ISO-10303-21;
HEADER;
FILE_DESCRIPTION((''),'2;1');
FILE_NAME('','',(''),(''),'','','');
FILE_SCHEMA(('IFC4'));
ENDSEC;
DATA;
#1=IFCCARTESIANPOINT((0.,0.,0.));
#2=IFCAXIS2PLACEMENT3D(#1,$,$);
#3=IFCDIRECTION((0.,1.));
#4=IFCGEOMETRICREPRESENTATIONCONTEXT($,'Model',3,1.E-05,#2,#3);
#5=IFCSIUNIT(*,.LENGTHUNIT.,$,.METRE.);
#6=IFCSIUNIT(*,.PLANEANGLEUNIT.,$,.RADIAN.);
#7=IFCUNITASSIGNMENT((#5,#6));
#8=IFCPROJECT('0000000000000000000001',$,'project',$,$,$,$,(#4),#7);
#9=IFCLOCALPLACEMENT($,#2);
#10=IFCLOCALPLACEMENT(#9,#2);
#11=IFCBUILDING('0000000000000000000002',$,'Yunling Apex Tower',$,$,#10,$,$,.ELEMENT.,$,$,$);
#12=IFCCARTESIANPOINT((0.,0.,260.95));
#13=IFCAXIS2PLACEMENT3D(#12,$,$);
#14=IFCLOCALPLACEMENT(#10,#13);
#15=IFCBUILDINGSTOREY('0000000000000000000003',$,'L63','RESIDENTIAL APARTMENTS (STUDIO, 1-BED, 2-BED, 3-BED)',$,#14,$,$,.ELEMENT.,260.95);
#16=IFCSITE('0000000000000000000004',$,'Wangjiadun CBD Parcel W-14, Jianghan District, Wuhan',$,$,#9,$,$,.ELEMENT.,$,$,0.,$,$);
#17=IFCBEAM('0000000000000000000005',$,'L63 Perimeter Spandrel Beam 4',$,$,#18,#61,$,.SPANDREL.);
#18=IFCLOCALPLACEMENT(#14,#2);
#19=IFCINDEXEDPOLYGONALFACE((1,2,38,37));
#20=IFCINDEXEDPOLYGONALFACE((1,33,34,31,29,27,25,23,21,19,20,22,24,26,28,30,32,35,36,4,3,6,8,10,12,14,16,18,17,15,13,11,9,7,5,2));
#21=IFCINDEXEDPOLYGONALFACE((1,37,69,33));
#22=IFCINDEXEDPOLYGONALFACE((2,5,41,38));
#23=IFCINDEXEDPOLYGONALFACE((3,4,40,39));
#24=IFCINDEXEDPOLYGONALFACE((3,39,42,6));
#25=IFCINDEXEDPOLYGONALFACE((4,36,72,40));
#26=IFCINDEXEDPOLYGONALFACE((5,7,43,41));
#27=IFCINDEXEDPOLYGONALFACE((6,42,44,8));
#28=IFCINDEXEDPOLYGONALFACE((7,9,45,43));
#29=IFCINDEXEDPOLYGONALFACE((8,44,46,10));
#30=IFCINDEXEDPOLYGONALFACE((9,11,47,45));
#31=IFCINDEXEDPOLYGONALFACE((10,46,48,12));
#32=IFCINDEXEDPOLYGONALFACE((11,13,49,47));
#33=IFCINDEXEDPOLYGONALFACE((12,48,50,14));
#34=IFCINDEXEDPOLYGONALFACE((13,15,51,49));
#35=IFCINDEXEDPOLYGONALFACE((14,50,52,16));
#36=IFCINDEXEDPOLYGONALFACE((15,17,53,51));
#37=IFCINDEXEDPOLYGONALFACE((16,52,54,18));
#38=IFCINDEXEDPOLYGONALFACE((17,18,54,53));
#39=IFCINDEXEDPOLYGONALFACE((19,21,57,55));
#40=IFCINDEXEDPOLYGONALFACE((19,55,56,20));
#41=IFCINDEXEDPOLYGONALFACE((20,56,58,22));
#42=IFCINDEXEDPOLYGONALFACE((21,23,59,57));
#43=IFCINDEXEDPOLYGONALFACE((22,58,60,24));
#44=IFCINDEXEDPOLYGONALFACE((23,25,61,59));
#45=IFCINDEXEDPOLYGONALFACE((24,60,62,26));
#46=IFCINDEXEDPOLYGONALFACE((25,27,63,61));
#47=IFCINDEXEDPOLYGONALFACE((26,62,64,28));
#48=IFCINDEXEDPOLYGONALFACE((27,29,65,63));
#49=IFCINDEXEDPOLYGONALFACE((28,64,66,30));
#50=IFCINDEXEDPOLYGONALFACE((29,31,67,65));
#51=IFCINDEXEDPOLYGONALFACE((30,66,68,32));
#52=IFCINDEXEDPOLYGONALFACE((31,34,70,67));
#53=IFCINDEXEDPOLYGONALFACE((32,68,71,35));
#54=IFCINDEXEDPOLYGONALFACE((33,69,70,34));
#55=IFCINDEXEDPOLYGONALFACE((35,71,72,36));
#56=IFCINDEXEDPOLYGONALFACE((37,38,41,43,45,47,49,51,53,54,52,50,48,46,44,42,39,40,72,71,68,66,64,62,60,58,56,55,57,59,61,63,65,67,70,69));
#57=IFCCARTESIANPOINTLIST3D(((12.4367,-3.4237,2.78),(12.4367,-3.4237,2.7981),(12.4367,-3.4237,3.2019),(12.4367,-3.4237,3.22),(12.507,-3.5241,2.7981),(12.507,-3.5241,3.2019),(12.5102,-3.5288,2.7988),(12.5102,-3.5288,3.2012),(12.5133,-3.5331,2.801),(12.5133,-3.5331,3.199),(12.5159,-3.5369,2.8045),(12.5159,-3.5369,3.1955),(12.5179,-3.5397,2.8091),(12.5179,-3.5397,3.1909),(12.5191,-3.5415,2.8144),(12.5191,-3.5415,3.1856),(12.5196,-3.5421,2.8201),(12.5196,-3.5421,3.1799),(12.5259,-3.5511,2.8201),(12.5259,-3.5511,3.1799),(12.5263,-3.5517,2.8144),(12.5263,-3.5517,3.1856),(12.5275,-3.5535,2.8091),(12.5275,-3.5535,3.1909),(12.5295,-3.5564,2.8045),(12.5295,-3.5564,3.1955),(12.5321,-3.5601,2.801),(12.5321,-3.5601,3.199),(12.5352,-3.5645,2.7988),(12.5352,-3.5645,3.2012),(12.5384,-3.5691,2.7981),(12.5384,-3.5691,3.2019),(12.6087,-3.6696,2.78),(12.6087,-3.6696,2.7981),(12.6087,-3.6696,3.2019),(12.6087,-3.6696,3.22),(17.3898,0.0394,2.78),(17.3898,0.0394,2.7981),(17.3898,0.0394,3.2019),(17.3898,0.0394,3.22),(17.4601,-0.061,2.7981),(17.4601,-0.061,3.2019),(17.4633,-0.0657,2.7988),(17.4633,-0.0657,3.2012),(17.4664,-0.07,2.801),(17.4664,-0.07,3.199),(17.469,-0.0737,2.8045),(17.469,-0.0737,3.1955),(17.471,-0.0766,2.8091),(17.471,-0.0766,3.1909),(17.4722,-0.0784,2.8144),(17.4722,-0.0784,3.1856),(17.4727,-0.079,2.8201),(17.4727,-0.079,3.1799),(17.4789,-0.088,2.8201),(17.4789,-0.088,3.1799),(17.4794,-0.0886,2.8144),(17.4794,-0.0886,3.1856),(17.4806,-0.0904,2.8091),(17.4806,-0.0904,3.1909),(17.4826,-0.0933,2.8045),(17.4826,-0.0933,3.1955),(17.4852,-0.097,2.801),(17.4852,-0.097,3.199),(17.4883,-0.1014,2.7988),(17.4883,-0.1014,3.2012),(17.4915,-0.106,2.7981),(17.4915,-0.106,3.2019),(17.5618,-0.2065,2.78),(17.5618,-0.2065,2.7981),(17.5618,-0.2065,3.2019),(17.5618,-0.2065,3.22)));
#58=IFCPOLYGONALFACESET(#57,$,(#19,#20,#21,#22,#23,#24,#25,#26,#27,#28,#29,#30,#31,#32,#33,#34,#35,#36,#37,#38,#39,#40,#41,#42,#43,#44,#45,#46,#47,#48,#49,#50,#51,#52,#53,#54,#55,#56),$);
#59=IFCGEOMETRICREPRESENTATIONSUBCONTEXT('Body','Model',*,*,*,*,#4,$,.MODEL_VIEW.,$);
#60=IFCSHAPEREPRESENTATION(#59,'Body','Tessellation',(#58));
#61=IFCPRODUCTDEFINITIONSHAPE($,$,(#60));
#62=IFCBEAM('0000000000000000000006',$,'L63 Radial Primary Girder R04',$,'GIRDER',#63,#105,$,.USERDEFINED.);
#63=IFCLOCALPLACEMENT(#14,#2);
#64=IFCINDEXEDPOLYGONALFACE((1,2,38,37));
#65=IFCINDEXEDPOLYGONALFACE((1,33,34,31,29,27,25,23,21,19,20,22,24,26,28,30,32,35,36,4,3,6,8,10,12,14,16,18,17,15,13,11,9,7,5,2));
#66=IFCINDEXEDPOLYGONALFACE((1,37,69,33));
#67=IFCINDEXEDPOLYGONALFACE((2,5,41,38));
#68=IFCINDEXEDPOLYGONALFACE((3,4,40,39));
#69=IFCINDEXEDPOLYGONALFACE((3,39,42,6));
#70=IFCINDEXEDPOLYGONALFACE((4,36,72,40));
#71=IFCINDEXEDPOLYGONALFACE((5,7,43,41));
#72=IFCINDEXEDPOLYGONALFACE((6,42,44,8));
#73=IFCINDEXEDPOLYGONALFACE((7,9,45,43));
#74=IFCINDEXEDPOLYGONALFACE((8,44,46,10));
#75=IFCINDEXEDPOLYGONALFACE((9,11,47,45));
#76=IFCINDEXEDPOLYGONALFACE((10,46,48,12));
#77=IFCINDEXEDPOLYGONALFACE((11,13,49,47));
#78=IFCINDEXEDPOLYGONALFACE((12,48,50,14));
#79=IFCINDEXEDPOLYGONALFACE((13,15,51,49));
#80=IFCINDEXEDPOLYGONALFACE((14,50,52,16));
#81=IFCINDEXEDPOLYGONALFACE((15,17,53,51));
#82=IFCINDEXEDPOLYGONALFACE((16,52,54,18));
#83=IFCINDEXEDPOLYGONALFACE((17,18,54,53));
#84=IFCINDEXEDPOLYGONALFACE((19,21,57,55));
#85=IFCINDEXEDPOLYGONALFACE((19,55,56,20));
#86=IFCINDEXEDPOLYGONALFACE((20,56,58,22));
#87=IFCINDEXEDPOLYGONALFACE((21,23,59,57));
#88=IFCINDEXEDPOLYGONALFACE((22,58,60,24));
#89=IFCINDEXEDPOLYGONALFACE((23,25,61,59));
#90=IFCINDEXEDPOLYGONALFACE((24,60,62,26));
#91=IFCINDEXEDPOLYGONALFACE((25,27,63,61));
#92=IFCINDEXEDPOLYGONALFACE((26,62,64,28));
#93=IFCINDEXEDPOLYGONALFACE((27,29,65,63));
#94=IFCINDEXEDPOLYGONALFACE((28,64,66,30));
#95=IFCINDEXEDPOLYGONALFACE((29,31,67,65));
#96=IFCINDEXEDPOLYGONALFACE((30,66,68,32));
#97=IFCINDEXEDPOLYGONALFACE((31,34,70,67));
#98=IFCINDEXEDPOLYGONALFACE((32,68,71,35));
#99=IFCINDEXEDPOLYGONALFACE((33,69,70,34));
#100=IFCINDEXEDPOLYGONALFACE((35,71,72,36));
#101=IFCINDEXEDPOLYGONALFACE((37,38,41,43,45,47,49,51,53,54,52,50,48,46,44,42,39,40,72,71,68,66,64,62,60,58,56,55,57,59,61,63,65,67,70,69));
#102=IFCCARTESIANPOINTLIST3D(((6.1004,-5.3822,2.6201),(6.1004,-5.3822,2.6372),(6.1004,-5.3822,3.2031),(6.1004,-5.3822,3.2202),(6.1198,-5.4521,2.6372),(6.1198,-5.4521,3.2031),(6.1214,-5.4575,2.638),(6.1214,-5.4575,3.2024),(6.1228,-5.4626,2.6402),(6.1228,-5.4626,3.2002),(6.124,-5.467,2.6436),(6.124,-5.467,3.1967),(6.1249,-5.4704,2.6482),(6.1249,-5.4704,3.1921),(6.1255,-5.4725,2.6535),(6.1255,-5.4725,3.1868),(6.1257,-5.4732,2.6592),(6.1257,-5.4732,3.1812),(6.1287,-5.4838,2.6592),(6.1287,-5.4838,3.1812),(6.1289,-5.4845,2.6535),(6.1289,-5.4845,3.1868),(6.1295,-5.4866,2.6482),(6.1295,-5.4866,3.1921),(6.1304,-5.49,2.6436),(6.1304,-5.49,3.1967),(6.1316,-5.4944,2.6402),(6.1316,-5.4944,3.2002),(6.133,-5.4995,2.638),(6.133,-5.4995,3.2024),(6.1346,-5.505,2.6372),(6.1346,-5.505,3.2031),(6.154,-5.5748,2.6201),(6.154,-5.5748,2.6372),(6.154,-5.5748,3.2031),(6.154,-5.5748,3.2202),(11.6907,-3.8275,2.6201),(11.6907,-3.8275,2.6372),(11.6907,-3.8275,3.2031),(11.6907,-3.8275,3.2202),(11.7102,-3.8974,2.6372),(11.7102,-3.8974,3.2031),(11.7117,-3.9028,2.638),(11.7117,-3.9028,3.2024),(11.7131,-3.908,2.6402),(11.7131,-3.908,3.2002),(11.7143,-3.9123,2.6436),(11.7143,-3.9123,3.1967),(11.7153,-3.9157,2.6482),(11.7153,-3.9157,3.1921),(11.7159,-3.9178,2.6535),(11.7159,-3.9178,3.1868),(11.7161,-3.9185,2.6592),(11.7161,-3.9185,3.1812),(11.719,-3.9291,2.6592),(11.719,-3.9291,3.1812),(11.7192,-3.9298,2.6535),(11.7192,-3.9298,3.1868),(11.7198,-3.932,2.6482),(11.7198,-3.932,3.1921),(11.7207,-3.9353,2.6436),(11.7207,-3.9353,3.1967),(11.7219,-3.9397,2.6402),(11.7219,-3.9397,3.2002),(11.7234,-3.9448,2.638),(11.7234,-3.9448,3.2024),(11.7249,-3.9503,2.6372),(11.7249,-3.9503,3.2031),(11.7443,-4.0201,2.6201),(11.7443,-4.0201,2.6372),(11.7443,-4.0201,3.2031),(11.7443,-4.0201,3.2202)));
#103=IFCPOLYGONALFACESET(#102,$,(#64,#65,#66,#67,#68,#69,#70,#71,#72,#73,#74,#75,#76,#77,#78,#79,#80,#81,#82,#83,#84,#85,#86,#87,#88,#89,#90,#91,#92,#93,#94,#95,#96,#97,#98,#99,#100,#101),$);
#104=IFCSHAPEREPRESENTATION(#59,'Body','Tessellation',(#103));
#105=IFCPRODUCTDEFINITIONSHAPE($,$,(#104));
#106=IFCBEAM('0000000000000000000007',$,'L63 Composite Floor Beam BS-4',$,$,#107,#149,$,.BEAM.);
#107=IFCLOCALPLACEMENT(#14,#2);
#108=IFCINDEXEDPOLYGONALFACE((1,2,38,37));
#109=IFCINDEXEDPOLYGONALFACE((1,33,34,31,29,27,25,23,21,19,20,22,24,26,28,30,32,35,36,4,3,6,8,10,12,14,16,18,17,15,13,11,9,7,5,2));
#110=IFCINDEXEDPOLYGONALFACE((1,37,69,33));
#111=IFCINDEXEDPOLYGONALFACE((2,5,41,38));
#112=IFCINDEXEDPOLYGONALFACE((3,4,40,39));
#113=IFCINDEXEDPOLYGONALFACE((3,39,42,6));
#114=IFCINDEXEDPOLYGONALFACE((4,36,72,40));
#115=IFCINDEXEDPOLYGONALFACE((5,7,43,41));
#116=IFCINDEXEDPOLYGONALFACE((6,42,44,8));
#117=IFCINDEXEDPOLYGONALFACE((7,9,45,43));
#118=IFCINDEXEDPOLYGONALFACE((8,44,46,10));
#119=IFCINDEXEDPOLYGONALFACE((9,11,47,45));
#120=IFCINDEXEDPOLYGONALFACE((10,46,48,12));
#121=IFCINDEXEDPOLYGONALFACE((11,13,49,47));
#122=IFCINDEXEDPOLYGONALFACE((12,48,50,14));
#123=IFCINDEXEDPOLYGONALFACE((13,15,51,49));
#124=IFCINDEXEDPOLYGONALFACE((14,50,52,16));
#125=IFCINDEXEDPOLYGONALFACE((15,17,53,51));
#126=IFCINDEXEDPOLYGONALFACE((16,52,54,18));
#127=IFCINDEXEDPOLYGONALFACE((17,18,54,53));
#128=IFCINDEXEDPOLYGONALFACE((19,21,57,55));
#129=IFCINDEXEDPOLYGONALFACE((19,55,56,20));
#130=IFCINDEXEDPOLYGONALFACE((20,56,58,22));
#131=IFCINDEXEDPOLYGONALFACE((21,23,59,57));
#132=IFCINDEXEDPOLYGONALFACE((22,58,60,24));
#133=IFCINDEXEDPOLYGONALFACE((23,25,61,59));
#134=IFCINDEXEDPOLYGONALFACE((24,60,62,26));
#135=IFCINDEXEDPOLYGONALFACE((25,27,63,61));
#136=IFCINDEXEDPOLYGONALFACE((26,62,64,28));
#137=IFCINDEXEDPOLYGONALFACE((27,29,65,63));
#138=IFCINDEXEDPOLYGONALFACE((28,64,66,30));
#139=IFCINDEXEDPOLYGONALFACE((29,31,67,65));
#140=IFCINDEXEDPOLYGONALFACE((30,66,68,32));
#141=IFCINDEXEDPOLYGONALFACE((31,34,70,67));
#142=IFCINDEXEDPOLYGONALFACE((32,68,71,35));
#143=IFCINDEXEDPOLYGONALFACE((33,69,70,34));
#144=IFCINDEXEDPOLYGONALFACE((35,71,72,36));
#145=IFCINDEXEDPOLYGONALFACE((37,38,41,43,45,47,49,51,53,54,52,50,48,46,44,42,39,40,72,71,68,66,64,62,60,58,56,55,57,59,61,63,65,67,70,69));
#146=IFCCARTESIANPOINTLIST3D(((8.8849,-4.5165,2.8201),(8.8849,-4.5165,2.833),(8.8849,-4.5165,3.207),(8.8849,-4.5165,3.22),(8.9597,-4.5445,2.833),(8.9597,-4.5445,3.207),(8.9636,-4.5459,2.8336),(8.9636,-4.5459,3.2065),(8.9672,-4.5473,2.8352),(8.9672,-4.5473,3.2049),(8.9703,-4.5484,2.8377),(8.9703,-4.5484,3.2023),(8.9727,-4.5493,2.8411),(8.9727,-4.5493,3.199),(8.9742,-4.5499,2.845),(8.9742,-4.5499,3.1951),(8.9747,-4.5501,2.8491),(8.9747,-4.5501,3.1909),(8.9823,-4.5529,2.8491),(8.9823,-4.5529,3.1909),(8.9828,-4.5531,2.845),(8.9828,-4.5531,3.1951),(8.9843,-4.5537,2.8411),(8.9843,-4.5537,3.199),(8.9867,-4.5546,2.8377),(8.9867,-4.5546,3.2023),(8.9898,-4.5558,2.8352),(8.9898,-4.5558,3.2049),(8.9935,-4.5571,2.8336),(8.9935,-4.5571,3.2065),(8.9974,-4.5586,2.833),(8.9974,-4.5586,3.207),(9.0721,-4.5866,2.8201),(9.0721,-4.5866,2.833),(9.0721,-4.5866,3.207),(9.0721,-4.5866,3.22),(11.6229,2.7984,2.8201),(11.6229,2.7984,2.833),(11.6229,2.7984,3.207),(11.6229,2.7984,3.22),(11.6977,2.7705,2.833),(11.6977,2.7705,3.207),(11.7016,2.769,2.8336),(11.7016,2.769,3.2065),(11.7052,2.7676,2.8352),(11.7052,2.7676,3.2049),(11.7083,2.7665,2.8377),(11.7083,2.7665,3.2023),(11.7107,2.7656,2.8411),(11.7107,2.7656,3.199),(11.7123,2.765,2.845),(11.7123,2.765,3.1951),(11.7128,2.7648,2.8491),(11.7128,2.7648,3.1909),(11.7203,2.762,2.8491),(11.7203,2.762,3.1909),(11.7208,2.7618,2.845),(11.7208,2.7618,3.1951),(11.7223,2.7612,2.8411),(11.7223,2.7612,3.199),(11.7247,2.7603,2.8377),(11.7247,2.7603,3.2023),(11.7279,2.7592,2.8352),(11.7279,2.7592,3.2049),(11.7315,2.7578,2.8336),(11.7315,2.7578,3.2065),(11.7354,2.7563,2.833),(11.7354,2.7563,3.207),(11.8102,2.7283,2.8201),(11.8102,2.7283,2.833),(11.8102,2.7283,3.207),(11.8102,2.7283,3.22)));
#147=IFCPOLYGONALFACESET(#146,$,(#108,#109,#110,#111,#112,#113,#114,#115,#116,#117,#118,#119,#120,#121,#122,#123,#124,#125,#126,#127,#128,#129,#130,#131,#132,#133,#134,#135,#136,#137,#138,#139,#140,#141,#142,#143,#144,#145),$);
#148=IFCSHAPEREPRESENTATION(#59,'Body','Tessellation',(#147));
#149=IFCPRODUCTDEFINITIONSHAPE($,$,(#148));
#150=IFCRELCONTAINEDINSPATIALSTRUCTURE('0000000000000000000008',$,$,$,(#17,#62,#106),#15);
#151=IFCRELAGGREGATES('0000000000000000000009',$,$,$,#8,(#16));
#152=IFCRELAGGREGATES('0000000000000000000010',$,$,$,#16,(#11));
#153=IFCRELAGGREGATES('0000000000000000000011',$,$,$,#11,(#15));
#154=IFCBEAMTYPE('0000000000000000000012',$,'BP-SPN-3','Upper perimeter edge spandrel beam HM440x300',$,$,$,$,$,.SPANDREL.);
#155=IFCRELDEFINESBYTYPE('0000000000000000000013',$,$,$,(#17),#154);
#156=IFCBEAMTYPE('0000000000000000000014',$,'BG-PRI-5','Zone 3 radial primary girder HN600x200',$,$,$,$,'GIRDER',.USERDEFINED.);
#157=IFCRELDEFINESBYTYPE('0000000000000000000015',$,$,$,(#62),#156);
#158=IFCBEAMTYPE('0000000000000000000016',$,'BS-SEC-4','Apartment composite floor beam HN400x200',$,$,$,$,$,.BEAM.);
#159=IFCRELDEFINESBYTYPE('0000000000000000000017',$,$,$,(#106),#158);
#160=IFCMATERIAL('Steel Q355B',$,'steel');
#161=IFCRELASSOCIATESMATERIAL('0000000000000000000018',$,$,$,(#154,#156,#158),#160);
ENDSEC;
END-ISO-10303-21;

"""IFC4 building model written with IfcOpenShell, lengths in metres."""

from ifc_helpers import new_model, si_unit, direction, frame, origin, origin_2d, place, context, subcontext, project, spatial, i_section, extrude, source, transform, mapped, material, material_profile, profile_set, type_object, element, save


model = new_model("IFC4")

# Units and contexts
model_context = context("Model", 3, precision=1e-05, world=origin(), true_north=direction((0.0, 1.0)))
body_context = subcontext(model_context, "Body", "Model", "MODEL_VIEW")
ifc_project = project(units=[si_unit("LENGTHUNIT", "METRE"), si_unit("PLANEANGLEUNIT", "RADIAN")], contexts=[model_context])

# Site, building, storey
site_placement = place(None, origin())
site = spatial("IfcSite", under=ifc_project, at=site_placement, Name="Wangjiadun CBD Parcel W-14, Jianghan District, Wuhan", CompositionType="ELEMENT", RefElevation=0.0)
building_placement = place(site_placement, origin())
building = spatial("IfcBuilding", under=site, at=building_placement, Name="Yunling Apex Tower", CompositionType="ELEMENT")
storey_placement = place(building_placement, frame((0.0, 0.0, 260.95)))
storey = spatial("IfcBuildingStorey", under=building, at=storey_placement, Name="L63", Description="RESIDENTIAL APARTMENTS (STUDIO, 1-BED, 2-BED, 3-BED)", CompositionType="ELEMENT", Elevation=260.95)

# Shared definitions
ifc_material_1 = material(Name="Steel Q355B", Category="steel")

# Beams
ifc_material_profile_1 = material_profile(ifc_material_1, i_section(OverallWidth=0.3, OverallDepth=0.4399, WebThickness=0.011, FlangeThickness=0.0181, FilletRadius=0.022, at=origin_2d()))
ifc_profile_set_1 = profile_set([ifc_material_profile_1], Name="Steel Q355B")
beam_type_1 = type_object("IfcBeamType", Name="BP-SPN-3", Description="Upper perimeter edge spandrel beam HM440x300", PredefinedType="SPANDREL", material=ifc_profile_set_1)
shared_shape_1 = source(origin(), body_context, "Body", "SweptSolid", [
    extrude(i_section(OverallWidth=0.3, OverallDepth=0.4399, WebThickness=0.011, FlangeThickness=0.0181, FilletRadius=0.022, at=origin_2d()), origin(), (0.0, 0.0, 1.0), 6.0437),
])
beam_1_placement = place(storey_placement, frame((12.5227, -3.5466, 3.0), z_axis=(0.819547, 0.573012, 0.0), x_axis=(-0.573012, 0.819547, 0.0)))
element("IfcBeam", 1, at=beam_1_placement, inside=storey, type_object=beam_type_1, Name="L63 Perimeter Spandrel Beam 4", PredefinedType="SPANDREL", context=body_context, shape_type="MappedRepresentation", body=[
    mapped(shared_shape_1, transform((0.0, 0.0, 0.0), scale=1.0)),
])
ifc_material_profile_2 = material_profile(ifc_material_1, i_section(OverallWidth=0.2, OverallDepth=0.6001, WebThickness=0.011, FlangeThickness=0.0171, FilletRadius=0.022, at=origin_2d()))
ifc_profile_set_2 = profile_set([ifc_material_profile_2], Name="Steel Q355B")
beam_type_2 = type_object("IfcBeamType", Name="BG-PRI-5", Description="Zone 3 radial primary girder HN600x200", ElementType="GIRDER", PredefinedType="USERDEFINED", material=ifc_profile_set_2)
shared_shape_2 = source(origin(), body_context, "Body", "SweptSolid", [
    extrude(i_section(OverallWidth=0.2, OverallDepth=0.6001, WebThickness=0.011, FlangeThickness=0.0171, FilletRadius=0.022, at=origin_2d()), origin(), (0.0, 0.0, 1.0), 5.8025),
])
beam_2_placement = place(storey_placement, frame((11.7175, -3.9238, 2.9202), z_axis=(-0.963437, -0.267935, 0.0), x_axis=(0.267935, -0.963437, 0.0)))
element("IfcBeam", 2, at=beam_2_placement, inside=storey, type_object=beam_type_2, Name="L63 Radial Primary Girder R04", ObjectType="GIRDER", PredefinedType="USERDEFINED", context=body_context, shape_type="MappedRepresentation", body=[
    mapped(shared_shape_2, transform((0.0, 0.0, 0.0), scale=1.0)),
])
ifc_material_profile_3 = material_profile(ifc_material_1, i_section(OverallWidth=0.2, OverallDepth=0.3999, WebThickness=0.0081, FlangeThickness=0.0129, FilletRadius=0.0161, at=origin_2d()))
ifc_profile_set_3 = profile_set([ifc_material_profile_3], Name="Steel Q355B")
beam_type_3 = type_object("IfcBeamType", Name="BS-SEC-4", Description="Apartment composite floor beam HN400x200", PredefinedType="BEAM", material=ifc_profile_set_3)
shared_shape_3 = source(origin(), body_context, "Body", "SweptSolid", [
    extrude(i_section(OverallWidth=0.2, OverallDepth=0.3999, WebThickness=0.0081, FlangeThickness=0.0129, FilletRadius=0.0161, at=origin_2d()), origin(), (0.0, 0.0, 1.0), 7.8105),
])
beam_3_placement = place(storey_placement, frame((8.9785, -4.5515, 3.02), z_axis=(0.350555, 0.936542, 0.0), x_axis=(-0.936542, 0.350555, 0.0)))
element("IfcBeam", 3, at=beam_3_placement, inside=storey, type_object=beam_type_3, Name="L63 Composite Floor Beam BS-4", PredefinedType="BEAM", context=body_context, shape_type="MappedRepresentation", body=[
    mapped(shared_shape_3, transform((0.0, 0.0, 0.0), scale=1.0)),
])

save(model, "model.ifc")
